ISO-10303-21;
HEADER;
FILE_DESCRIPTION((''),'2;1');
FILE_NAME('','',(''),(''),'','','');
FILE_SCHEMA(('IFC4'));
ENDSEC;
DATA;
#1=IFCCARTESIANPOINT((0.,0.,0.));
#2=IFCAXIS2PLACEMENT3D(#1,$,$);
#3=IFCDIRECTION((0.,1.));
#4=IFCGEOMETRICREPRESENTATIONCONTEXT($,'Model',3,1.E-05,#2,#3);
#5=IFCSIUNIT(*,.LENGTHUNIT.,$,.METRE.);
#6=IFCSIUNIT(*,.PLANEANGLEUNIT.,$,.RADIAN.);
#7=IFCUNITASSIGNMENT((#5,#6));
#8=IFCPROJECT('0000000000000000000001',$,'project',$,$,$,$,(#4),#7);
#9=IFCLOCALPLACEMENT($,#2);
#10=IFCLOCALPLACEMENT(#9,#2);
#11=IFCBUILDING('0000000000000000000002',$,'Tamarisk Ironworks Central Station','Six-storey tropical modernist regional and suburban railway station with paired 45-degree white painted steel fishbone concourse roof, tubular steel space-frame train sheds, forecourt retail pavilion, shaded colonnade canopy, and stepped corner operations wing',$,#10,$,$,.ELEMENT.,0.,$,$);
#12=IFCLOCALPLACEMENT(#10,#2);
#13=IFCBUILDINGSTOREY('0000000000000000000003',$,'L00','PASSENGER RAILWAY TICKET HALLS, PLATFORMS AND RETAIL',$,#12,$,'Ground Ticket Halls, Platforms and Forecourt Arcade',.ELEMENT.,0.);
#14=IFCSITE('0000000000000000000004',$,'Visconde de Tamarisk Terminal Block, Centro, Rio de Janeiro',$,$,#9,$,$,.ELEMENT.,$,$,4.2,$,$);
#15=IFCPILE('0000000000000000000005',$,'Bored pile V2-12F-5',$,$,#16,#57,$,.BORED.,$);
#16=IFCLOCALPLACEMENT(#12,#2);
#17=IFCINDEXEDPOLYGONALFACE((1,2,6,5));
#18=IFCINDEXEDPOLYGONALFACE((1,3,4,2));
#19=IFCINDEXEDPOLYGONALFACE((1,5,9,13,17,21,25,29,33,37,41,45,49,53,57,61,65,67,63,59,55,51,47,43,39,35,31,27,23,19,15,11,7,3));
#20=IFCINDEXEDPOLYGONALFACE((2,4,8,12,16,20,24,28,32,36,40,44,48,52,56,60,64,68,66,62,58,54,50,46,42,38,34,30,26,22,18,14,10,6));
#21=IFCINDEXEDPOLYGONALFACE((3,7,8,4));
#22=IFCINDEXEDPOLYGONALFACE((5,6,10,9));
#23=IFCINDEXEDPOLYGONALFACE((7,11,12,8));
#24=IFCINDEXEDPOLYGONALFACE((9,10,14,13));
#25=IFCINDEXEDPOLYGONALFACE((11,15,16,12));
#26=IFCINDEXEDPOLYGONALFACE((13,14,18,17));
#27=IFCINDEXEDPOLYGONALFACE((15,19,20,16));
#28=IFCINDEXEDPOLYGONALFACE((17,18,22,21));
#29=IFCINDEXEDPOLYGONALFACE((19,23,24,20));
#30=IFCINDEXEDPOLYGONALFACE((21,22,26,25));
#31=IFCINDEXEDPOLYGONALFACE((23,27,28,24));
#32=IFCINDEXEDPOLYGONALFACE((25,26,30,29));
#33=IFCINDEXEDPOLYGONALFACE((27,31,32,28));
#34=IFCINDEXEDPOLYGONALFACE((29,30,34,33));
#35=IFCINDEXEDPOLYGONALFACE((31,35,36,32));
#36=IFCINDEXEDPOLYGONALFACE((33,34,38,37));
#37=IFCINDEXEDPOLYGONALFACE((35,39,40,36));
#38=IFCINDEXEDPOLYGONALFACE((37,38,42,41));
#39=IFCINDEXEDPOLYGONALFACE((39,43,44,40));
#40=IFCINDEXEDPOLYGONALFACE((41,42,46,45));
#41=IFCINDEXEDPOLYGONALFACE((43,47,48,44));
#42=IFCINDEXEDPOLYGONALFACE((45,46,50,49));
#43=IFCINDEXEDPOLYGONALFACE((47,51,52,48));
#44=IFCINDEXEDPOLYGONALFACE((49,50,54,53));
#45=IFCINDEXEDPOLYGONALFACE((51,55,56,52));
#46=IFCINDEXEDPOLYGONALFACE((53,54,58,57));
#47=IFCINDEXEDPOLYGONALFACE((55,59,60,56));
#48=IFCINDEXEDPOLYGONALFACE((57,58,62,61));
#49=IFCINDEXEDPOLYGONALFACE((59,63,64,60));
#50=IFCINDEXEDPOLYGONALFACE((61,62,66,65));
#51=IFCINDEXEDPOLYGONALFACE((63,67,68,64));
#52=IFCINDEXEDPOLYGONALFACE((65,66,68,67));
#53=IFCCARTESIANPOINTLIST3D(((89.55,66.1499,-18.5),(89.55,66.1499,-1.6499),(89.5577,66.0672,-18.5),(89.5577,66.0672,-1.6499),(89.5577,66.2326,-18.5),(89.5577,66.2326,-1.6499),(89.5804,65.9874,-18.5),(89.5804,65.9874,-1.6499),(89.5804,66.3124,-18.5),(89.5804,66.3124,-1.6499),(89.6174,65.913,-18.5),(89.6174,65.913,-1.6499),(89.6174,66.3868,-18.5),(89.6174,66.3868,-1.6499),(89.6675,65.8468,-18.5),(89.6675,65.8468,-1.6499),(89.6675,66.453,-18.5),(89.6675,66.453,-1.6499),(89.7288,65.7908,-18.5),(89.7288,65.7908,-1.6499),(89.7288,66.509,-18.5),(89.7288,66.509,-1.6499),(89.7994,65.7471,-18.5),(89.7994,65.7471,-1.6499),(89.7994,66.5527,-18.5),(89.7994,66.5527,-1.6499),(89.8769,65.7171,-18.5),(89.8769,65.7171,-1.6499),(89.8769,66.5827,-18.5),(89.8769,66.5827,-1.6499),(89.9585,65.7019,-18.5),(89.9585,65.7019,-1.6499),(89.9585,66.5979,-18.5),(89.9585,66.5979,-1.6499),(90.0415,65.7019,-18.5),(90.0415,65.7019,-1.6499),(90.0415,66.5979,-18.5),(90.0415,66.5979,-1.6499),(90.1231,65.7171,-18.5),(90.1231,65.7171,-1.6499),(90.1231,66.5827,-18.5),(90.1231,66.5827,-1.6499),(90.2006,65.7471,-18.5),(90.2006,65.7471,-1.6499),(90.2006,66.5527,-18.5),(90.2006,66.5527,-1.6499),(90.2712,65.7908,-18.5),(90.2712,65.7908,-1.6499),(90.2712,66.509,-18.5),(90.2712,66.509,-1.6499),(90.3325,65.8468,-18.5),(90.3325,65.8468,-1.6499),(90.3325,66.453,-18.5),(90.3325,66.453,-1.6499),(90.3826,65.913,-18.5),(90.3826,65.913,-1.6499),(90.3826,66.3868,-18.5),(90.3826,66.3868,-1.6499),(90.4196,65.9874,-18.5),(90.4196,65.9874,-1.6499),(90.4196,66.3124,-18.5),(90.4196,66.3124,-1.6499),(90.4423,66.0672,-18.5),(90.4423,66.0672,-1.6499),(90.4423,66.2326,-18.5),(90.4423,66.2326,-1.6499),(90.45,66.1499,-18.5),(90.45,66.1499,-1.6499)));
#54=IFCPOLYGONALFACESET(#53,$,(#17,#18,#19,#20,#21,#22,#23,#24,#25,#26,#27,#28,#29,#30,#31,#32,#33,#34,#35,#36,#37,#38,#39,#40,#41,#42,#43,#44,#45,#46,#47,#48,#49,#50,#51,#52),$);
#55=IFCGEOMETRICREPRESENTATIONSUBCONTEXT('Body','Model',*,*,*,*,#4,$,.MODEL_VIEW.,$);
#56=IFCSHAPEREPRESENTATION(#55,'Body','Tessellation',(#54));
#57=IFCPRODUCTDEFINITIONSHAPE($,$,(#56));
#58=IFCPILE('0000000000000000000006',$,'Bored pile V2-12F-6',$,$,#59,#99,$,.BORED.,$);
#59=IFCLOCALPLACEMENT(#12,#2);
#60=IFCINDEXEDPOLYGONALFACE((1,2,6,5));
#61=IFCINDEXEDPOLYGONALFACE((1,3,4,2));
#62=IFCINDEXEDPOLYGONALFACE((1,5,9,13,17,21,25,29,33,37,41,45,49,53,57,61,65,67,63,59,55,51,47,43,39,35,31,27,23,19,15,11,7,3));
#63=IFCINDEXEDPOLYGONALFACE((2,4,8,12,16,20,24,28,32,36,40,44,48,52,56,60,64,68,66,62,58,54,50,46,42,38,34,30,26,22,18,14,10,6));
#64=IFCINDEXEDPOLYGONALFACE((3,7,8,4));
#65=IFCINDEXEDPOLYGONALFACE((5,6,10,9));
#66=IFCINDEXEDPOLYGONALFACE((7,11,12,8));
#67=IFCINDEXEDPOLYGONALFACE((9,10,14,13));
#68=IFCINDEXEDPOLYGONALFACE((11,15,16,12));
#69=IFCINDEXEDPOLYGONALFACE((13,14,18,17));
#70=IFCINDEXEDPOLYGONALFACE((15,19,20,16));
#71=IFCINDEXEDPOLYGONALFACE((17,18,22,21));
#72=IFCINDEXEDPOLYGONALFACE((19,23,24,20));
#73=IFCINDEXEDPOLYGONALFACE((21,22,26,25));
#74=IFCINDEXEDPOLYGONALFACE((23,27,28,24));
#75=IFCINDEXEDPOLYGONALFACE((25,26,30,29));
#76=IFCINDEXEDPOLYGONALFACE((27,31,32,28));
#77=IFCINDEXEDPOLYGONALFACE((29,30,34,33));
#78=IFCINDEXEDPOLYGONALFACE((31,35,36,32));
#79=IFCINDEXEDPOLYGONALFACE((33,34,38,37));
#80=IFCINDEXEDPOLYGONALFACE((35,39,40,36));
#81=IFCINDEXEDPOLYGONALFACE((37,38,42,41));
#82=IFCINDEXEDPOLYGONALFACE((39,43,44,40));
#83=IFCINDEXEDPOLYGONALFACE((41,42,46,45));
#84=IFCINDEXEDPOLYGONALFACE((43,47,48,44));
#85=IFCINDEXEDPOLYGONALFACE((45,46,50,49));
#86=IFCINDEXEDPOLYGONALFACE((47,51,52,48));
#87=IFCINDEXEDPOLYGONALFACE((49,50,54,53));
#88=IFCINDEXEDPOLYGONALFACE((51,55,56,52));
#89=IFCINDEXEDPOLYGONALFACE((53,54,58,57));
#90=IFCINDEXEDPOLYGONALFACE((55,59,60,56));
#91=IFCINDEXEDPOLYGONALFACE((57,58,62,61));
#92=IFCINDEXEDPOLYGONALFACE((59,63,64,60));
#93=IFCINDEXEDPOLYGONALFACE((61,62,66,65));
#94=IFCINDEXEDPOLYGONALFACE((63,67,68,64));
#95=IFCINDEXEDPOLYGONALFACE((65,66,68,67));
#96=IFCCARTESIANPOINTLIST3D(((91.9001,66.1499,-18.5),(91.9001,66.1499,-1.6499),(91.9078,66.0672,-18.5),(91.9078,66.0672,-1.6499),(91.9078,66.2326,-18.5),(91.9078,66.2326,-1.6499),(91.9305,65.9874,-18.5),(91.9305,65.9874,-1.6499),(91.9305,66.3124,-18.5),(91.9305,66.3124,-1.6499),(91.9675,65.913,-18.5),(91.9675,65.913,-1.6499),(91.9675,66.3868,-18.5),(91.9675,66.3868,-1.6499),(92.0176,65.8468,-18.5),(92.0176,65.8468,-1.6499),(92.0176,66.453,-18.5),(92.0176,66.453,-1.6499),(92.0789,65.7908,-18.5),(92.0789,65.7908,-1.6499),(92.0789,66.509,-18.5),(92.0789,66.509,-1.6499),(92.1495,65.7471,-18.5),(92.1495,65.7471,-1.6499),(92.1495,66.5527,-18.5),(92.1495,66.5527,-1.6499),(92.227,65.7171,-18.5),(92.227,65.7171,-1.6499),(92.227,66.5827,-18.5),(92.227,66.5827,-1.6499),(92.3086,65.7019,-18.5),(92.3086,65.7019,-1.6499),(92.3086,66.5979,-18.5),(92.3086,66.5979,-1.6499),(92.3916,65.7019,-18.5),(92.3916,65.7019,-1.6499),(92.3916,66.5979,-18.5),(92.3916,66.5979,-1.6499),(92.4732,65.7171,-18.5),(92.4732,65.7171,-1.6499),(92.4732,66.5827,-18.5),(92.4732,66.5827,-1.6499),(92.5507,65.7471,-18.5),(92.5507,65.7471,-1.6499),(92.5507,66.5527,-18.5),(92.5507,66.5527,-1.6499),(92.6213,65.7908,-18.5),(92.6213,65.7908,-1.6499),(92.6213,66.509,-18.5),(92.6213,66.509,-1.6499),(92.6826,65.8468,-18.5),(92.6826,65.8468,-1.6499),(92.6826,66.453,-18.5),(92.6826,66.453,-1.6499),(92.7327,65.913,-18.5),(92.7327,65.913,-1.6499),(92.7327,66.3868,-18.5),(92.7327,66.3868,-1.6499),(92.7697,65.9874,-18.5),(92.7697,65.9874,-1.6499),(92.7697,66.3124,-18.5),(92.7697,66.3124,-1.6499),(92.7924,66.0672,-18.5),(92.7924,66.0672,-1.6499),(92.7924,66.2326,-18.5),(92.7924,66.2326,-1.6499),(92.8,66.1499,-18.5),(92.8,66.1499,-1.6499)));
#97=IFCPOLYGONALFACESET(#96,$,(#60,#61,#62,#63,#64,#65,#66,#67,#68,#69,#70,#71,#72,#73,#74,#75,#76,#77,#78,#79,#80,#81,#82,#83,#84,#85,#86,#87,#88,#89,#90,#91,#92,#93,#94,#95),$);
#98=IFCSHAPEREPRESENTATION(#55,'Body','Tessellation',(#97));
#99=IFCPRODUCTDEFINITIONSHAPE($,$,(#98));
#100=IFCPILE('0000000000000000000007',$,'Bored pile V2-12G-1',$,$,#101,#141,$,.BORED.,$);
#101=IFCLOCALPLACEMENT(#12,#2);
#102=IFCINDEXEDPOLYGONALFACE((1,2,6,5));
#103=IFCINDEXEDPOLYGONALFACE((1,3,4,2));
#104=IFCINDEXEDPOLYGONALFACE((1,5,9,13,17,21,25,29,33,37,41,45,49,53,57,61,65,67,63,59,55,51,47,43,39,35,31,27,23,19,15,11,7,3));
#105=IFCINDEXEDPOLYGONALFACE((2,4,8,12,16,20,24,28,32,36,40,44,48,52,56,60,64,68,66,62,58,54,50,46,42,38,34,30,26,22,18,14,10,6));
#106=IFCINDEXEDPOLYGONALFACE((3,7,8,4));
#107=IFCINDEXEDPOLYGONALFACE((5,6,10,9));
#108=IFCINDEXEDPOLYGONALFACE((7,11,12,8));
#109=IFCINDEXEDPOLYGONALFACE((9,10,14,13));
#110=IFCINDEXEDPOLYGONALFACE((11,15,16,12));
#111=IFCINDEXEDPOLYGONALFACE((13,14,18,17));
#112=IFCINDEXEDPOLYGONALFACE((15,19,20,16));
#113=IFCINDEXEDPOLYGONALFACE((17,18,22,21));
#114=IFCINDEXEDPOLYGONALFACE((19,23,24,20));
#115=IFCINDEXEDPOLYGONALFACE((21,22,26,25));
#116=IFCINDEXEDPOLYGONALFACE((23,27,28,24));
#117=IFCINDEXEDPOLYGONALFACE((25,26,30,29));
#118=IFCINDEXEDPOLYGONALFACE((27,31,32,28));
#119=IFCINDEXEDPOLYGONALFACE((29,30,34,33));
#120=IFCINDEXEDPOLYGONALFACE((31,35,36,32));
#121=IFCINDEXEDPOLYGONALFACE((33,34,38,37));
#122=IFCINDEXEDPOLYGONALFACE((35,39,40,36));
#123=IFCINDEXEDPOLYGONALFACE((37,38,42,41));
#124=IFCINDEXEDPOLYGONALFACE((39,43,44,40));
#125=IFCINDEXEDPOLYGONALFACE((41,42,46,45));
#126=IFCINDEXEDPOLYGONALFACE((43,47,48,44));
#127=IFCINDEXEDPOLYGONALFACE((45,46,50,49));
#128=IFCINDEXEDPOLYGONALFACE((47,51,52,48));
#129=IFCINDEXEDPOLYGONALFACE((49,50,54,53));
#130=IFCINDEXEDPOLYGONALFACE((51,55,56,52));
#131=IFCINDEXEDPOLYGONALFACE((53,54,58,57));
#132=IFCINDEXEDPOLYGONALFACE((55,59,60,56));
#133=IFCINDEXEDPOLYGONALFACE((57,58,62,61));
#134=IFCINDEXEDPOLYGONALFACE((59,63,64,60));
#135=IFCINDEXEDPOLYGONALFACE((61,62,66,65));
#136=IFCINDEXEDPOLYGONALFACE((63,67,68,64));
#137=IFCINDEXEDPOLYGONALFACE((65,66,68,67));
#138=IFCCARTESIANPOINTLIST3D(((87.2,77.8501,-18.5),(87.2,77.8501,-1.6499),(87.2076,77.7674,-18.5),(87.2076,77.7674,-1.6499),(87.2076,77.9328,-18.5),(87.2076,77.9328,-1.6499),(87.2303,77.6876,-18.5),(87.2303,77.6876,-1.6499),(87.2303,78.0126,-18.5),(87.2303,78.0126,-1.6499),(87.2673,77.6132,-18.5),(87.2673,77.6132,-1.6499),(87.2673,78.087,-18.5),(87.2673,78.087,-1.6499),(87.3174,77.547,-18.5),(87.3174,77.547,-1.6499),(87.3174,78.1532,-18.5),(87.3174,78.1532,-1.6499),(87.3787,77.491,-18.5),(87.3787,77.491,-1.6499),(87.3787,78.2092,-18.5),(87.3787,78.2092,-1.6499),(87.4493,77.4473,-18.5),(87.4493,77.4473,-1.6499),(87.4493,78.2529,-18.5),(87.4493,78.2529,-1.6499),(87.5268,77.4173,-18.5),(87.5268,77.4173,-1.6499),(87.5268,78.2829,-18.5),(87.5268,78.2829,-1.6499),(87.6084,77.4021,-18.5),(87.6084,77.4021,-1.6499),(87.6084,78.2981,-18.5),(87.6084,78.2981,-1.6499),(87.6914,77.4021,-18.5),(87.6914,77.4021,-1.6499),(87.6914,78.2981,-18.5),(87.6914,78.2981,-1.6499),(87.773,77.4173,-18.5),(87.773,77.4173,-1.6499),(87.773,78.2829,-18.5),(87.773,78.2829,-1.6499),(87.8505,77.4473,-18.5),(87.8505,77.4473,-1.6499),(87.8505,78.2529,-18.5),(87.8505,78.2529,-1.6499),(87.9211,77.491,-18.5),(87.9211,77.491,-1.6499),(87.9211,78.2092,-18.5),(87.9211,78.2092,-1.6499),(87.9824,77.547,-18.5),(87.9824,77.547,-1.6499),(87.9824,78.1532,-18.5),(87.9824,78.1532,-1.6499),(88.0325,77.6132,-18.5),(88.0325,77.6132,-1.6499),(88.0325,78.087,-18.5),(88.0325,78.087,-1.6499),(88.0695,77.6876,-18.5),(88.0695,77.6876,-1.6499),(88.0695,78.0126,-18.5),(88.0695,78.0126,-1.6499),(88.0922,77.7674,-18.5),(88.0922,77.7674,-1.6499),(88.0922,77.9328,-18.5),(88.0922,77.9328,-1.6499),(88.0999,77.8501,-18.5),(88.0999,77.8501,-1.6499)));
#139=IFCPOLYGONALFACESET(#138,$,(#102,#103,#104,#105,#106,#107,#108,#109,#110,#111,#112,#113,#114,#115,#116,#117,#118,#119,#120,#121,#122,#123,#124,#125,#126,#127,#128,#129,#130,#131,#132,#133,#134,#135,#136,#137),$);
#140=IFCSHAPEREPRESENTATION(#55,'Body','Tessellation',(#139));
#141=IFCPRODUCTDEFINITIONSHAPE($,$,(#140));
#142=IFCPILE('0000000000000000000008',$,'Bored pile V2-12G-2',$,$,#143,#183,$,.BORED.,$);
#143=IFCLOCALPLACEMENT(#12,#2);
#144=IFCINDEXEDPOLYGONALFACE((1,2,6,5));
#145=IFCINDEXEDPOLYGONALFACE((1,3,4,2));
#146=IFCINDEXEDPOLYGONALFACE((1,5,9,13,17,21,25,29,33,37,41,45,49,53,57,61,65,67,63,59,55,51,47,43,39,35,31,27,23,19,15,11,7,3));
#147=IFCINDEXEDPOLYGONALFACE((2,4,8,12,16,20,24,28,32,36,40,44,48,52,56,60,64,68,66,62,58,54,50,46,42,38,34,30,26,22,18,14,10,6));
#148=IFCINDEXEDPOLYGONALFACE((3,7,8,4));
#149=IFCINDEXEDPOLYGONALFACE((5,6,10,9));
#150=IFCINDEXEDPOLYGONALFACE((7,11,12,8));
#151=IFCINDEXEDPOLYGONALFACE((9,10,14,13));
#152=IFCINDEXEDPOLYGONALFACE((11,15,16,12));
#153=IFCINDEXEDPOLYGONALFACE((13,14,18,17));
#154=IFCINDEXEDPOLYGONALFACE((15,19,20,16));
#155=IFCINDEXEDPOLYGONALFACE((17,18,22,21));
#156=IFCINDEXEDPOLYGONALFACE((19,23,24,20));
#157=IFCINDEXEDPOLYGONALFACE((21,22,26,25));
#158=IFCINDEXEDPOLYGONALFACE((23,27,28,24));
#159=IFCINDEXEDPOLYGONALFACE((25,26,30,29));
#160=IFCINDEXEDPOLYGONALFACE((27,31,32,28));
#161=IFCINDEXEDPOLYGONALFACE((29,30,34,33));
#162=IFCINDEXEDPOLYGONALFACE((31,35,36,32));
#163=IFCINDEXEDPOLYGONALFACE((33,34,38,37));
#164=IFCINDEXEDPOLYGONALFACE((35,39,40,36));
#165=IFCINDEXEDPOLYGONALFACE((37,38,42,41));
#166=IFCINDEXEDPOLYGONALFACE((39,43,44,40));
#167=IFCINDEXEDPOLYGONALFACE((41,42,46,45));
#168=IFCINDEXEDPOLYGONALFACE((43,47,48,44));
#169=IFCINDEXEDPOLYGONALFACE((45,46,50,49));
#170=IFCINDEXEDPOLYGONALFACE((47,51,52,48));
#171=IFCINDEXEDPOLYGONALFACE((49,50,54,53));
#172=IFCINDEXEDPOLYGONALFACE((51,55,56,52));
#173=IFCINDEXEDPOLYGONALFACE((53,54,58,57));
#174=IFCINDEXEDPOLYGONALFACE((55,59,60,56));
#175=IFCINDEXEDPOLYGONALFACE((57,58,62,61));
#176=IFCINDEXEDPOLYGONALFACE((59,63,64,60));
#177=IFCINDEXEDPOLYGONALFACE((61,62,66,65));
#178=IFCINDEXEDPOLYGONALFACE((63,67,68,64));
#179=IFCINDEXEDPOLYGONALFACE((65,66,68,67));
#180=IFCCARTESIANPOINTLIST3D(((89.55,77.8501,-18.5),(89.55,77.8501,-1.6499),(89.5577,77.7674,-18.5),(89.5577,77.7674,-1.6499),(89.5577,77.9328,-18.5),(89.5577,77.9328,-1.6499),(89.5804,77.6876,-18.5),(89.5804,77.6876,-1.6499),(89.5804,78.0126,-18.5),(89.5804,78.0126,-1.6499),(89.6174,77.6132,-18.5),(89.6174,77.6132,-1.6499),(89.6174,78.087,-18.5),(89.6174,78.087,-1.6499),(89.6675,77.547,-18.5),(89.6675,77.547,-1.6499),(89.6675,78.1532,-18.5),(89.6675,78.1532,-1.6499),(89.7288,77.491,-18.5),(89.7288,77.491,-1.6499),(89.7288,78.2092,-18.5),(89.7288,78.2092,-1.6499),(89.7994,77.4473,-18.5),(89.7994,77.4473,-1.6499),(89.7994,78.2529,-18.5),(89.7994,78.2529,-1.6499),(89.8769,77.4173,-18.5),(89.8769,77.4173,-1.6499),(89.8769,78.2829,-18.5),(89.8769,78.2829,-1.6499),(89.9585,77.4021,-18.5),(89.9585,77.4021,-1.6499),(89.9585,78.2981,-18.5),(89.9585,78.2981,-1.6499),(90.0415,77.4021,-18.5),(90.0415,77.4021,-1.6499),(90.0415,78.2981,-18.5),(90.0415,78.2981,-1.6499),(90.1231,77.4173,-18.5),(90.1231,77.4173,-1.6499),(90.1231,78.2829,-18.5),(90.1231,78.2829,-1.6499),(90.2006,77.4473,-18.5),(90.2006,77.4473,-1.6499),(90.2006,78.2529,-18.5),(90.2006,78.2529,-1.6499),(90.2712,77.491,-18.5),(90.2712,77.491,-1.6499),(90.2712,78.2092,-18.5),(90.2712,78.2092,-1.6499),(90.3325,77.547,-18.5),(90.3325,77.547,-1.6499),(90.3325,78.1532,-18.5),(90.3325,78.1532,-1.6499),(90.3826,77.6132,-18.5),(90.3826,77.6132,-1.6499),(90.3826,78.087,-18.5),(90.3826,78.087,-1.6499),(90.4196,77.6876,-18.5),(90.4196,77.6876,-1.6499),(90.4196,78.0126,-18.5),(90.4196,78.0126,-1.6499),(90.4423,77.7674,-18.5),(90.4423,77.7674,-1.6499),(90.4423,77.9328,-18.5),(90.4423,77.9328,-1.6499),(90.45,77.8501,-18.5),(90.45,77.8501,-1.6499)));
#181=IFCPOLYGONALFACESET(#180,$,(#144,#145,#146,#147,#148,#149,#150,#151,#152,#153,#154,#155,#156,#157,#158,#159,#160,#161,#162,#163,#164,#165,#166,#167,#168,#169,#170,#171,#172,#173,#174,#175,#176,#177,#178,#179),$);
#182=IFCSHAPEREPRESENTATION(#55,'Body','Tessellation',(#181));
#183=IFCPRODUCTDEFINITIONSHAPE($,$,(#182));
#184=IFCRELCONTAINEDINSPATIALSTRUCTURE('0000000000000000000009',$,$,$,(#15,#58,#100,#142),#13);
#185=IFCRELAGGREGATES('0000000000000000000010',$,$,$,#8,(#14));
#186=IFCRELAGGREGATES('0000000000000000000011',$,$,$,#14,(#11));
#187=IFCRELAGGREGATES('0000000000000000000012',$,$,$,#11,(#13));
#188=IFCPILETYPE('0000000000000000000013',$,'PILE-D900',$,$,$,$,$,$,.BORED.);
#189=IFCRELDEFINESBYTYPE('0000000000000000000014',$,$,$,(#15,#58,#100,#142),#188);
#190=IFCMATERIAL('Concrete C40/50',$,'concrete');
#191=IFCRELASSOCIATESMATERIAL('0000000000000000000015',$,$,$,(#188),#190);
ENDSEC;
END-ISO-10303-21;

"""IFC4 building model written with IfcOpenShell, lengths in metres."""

from ifc_helpers import new_model, si_unit, direction, frame, origin, origin_2d, place, context, subcontext, project, spatial, circle, extrude, material, material_profile, profile_set, type_object, element, save


model = new_model("IFC4")

# Units and contexts
model_context = context("Model", 3, precision=1e-05, world=origin(), true_north=direction((0.0, 1.0)))
body_context = subcontext(model_context, "Body", "Model", "MODEL_VIEW")
ifc_project = project(units=[si_unit("LENGTHUNIT", "METRE"), si_unit("PLANEANGLEUNIT", "RADIAN")], contexts=[model_context])

# Site, building, storey
site_placement = place(None, origin())
site = spatial("IfcSite", under=ifc_project, at=site_placement, Name="Visconde de Tamarisk Terminal Block, Centro, Rio de Janeiro", CompositionType="ELEMENT", RefElevation=4.2)
building_placement = place(site_placement, origin())
building = spatial("IfcBuilding", under=site, at=building_placement, Name="Tamarisk Ironworks Central Station", Description="Six-storey tropical modernist regional and suburban railway station with paired 45-degree white painted steel fishbone concourse roof, tubular steel space-frame train sheds, forecourt retail pavilion, shaded colonnade canopy, and stepped corner operations wing", CompositionType="ELEMENT", ElevationOfRefHeight=0.0)
storey_placement = place(building_placement, origin())
storey = spatial("IfcBuildingStorey", under=building, at=storey_placement, Name="L00", Description="PASSENGER RAILWAY TICKET HALLS, PLATFORMS AND RETAIL", LongName="Ground Ticket Halls, Platforms and Forecourt Arcade", CompositionType="ELEMENT", Elevation=0.0)

# Shared definitions
ifc_material_1 = material(Name="Concrete C40/50", Category="concrete")

# Piles
ifc_material_profile_1 = material_profile(ifc_material_1, circle(Radius=0.45, at=origin_2d()), Name="BORED PILE D900")
ifc_profile_set_1 = profile_set([ifc_material_profile_1], Name="Concrete C40/50")
pile_type_1 = type_object("IfcPileType", Name="PILE-D900", PredefinedType="BORED", material=ifc_profile_set_1)
for number, where, z_axis, x_axis, name in (
    (1, (90.0, 66.1499, -1.6499), (0.0, 0.0, -1.0), (1.0, 0.0, 0.0), "Bored pile V2-12F-5"),
    (2, (92.3501, 66.1499, -1.6499), (0.0, 0.0, -1.0), (1.0, 0.0, 0.0), "Bored pile V2-12F-6"),
    (3, (87.6499, 77.8501, -1.6499), (0.0, 0.0, -1.0), (1.0, 0.0, 0.0), "Bored pile V2-12G-1"),
    (4, (90.0, 77.8501, -1.6499), (0.0, 0.0, -1.0), (1.0, 0.0, 0.0), "Bored pile V2-12G-2"),
):
    element("IfcPile", number, at=place(storey_placement, frame(where, z_axis=z_axis, x_axis=x_axis)), inside=storey, type_object=pile_type_1, Name=name, PredefinedType="BORED", context=body_context, shape_type="SweptSolid", body=[
        extrude(circle(Radius=0.45, at=origin_2d()), origin(), (0.0, 0.0, 1.0), 16.8501),
    ])

save(model, "model.ifc")
